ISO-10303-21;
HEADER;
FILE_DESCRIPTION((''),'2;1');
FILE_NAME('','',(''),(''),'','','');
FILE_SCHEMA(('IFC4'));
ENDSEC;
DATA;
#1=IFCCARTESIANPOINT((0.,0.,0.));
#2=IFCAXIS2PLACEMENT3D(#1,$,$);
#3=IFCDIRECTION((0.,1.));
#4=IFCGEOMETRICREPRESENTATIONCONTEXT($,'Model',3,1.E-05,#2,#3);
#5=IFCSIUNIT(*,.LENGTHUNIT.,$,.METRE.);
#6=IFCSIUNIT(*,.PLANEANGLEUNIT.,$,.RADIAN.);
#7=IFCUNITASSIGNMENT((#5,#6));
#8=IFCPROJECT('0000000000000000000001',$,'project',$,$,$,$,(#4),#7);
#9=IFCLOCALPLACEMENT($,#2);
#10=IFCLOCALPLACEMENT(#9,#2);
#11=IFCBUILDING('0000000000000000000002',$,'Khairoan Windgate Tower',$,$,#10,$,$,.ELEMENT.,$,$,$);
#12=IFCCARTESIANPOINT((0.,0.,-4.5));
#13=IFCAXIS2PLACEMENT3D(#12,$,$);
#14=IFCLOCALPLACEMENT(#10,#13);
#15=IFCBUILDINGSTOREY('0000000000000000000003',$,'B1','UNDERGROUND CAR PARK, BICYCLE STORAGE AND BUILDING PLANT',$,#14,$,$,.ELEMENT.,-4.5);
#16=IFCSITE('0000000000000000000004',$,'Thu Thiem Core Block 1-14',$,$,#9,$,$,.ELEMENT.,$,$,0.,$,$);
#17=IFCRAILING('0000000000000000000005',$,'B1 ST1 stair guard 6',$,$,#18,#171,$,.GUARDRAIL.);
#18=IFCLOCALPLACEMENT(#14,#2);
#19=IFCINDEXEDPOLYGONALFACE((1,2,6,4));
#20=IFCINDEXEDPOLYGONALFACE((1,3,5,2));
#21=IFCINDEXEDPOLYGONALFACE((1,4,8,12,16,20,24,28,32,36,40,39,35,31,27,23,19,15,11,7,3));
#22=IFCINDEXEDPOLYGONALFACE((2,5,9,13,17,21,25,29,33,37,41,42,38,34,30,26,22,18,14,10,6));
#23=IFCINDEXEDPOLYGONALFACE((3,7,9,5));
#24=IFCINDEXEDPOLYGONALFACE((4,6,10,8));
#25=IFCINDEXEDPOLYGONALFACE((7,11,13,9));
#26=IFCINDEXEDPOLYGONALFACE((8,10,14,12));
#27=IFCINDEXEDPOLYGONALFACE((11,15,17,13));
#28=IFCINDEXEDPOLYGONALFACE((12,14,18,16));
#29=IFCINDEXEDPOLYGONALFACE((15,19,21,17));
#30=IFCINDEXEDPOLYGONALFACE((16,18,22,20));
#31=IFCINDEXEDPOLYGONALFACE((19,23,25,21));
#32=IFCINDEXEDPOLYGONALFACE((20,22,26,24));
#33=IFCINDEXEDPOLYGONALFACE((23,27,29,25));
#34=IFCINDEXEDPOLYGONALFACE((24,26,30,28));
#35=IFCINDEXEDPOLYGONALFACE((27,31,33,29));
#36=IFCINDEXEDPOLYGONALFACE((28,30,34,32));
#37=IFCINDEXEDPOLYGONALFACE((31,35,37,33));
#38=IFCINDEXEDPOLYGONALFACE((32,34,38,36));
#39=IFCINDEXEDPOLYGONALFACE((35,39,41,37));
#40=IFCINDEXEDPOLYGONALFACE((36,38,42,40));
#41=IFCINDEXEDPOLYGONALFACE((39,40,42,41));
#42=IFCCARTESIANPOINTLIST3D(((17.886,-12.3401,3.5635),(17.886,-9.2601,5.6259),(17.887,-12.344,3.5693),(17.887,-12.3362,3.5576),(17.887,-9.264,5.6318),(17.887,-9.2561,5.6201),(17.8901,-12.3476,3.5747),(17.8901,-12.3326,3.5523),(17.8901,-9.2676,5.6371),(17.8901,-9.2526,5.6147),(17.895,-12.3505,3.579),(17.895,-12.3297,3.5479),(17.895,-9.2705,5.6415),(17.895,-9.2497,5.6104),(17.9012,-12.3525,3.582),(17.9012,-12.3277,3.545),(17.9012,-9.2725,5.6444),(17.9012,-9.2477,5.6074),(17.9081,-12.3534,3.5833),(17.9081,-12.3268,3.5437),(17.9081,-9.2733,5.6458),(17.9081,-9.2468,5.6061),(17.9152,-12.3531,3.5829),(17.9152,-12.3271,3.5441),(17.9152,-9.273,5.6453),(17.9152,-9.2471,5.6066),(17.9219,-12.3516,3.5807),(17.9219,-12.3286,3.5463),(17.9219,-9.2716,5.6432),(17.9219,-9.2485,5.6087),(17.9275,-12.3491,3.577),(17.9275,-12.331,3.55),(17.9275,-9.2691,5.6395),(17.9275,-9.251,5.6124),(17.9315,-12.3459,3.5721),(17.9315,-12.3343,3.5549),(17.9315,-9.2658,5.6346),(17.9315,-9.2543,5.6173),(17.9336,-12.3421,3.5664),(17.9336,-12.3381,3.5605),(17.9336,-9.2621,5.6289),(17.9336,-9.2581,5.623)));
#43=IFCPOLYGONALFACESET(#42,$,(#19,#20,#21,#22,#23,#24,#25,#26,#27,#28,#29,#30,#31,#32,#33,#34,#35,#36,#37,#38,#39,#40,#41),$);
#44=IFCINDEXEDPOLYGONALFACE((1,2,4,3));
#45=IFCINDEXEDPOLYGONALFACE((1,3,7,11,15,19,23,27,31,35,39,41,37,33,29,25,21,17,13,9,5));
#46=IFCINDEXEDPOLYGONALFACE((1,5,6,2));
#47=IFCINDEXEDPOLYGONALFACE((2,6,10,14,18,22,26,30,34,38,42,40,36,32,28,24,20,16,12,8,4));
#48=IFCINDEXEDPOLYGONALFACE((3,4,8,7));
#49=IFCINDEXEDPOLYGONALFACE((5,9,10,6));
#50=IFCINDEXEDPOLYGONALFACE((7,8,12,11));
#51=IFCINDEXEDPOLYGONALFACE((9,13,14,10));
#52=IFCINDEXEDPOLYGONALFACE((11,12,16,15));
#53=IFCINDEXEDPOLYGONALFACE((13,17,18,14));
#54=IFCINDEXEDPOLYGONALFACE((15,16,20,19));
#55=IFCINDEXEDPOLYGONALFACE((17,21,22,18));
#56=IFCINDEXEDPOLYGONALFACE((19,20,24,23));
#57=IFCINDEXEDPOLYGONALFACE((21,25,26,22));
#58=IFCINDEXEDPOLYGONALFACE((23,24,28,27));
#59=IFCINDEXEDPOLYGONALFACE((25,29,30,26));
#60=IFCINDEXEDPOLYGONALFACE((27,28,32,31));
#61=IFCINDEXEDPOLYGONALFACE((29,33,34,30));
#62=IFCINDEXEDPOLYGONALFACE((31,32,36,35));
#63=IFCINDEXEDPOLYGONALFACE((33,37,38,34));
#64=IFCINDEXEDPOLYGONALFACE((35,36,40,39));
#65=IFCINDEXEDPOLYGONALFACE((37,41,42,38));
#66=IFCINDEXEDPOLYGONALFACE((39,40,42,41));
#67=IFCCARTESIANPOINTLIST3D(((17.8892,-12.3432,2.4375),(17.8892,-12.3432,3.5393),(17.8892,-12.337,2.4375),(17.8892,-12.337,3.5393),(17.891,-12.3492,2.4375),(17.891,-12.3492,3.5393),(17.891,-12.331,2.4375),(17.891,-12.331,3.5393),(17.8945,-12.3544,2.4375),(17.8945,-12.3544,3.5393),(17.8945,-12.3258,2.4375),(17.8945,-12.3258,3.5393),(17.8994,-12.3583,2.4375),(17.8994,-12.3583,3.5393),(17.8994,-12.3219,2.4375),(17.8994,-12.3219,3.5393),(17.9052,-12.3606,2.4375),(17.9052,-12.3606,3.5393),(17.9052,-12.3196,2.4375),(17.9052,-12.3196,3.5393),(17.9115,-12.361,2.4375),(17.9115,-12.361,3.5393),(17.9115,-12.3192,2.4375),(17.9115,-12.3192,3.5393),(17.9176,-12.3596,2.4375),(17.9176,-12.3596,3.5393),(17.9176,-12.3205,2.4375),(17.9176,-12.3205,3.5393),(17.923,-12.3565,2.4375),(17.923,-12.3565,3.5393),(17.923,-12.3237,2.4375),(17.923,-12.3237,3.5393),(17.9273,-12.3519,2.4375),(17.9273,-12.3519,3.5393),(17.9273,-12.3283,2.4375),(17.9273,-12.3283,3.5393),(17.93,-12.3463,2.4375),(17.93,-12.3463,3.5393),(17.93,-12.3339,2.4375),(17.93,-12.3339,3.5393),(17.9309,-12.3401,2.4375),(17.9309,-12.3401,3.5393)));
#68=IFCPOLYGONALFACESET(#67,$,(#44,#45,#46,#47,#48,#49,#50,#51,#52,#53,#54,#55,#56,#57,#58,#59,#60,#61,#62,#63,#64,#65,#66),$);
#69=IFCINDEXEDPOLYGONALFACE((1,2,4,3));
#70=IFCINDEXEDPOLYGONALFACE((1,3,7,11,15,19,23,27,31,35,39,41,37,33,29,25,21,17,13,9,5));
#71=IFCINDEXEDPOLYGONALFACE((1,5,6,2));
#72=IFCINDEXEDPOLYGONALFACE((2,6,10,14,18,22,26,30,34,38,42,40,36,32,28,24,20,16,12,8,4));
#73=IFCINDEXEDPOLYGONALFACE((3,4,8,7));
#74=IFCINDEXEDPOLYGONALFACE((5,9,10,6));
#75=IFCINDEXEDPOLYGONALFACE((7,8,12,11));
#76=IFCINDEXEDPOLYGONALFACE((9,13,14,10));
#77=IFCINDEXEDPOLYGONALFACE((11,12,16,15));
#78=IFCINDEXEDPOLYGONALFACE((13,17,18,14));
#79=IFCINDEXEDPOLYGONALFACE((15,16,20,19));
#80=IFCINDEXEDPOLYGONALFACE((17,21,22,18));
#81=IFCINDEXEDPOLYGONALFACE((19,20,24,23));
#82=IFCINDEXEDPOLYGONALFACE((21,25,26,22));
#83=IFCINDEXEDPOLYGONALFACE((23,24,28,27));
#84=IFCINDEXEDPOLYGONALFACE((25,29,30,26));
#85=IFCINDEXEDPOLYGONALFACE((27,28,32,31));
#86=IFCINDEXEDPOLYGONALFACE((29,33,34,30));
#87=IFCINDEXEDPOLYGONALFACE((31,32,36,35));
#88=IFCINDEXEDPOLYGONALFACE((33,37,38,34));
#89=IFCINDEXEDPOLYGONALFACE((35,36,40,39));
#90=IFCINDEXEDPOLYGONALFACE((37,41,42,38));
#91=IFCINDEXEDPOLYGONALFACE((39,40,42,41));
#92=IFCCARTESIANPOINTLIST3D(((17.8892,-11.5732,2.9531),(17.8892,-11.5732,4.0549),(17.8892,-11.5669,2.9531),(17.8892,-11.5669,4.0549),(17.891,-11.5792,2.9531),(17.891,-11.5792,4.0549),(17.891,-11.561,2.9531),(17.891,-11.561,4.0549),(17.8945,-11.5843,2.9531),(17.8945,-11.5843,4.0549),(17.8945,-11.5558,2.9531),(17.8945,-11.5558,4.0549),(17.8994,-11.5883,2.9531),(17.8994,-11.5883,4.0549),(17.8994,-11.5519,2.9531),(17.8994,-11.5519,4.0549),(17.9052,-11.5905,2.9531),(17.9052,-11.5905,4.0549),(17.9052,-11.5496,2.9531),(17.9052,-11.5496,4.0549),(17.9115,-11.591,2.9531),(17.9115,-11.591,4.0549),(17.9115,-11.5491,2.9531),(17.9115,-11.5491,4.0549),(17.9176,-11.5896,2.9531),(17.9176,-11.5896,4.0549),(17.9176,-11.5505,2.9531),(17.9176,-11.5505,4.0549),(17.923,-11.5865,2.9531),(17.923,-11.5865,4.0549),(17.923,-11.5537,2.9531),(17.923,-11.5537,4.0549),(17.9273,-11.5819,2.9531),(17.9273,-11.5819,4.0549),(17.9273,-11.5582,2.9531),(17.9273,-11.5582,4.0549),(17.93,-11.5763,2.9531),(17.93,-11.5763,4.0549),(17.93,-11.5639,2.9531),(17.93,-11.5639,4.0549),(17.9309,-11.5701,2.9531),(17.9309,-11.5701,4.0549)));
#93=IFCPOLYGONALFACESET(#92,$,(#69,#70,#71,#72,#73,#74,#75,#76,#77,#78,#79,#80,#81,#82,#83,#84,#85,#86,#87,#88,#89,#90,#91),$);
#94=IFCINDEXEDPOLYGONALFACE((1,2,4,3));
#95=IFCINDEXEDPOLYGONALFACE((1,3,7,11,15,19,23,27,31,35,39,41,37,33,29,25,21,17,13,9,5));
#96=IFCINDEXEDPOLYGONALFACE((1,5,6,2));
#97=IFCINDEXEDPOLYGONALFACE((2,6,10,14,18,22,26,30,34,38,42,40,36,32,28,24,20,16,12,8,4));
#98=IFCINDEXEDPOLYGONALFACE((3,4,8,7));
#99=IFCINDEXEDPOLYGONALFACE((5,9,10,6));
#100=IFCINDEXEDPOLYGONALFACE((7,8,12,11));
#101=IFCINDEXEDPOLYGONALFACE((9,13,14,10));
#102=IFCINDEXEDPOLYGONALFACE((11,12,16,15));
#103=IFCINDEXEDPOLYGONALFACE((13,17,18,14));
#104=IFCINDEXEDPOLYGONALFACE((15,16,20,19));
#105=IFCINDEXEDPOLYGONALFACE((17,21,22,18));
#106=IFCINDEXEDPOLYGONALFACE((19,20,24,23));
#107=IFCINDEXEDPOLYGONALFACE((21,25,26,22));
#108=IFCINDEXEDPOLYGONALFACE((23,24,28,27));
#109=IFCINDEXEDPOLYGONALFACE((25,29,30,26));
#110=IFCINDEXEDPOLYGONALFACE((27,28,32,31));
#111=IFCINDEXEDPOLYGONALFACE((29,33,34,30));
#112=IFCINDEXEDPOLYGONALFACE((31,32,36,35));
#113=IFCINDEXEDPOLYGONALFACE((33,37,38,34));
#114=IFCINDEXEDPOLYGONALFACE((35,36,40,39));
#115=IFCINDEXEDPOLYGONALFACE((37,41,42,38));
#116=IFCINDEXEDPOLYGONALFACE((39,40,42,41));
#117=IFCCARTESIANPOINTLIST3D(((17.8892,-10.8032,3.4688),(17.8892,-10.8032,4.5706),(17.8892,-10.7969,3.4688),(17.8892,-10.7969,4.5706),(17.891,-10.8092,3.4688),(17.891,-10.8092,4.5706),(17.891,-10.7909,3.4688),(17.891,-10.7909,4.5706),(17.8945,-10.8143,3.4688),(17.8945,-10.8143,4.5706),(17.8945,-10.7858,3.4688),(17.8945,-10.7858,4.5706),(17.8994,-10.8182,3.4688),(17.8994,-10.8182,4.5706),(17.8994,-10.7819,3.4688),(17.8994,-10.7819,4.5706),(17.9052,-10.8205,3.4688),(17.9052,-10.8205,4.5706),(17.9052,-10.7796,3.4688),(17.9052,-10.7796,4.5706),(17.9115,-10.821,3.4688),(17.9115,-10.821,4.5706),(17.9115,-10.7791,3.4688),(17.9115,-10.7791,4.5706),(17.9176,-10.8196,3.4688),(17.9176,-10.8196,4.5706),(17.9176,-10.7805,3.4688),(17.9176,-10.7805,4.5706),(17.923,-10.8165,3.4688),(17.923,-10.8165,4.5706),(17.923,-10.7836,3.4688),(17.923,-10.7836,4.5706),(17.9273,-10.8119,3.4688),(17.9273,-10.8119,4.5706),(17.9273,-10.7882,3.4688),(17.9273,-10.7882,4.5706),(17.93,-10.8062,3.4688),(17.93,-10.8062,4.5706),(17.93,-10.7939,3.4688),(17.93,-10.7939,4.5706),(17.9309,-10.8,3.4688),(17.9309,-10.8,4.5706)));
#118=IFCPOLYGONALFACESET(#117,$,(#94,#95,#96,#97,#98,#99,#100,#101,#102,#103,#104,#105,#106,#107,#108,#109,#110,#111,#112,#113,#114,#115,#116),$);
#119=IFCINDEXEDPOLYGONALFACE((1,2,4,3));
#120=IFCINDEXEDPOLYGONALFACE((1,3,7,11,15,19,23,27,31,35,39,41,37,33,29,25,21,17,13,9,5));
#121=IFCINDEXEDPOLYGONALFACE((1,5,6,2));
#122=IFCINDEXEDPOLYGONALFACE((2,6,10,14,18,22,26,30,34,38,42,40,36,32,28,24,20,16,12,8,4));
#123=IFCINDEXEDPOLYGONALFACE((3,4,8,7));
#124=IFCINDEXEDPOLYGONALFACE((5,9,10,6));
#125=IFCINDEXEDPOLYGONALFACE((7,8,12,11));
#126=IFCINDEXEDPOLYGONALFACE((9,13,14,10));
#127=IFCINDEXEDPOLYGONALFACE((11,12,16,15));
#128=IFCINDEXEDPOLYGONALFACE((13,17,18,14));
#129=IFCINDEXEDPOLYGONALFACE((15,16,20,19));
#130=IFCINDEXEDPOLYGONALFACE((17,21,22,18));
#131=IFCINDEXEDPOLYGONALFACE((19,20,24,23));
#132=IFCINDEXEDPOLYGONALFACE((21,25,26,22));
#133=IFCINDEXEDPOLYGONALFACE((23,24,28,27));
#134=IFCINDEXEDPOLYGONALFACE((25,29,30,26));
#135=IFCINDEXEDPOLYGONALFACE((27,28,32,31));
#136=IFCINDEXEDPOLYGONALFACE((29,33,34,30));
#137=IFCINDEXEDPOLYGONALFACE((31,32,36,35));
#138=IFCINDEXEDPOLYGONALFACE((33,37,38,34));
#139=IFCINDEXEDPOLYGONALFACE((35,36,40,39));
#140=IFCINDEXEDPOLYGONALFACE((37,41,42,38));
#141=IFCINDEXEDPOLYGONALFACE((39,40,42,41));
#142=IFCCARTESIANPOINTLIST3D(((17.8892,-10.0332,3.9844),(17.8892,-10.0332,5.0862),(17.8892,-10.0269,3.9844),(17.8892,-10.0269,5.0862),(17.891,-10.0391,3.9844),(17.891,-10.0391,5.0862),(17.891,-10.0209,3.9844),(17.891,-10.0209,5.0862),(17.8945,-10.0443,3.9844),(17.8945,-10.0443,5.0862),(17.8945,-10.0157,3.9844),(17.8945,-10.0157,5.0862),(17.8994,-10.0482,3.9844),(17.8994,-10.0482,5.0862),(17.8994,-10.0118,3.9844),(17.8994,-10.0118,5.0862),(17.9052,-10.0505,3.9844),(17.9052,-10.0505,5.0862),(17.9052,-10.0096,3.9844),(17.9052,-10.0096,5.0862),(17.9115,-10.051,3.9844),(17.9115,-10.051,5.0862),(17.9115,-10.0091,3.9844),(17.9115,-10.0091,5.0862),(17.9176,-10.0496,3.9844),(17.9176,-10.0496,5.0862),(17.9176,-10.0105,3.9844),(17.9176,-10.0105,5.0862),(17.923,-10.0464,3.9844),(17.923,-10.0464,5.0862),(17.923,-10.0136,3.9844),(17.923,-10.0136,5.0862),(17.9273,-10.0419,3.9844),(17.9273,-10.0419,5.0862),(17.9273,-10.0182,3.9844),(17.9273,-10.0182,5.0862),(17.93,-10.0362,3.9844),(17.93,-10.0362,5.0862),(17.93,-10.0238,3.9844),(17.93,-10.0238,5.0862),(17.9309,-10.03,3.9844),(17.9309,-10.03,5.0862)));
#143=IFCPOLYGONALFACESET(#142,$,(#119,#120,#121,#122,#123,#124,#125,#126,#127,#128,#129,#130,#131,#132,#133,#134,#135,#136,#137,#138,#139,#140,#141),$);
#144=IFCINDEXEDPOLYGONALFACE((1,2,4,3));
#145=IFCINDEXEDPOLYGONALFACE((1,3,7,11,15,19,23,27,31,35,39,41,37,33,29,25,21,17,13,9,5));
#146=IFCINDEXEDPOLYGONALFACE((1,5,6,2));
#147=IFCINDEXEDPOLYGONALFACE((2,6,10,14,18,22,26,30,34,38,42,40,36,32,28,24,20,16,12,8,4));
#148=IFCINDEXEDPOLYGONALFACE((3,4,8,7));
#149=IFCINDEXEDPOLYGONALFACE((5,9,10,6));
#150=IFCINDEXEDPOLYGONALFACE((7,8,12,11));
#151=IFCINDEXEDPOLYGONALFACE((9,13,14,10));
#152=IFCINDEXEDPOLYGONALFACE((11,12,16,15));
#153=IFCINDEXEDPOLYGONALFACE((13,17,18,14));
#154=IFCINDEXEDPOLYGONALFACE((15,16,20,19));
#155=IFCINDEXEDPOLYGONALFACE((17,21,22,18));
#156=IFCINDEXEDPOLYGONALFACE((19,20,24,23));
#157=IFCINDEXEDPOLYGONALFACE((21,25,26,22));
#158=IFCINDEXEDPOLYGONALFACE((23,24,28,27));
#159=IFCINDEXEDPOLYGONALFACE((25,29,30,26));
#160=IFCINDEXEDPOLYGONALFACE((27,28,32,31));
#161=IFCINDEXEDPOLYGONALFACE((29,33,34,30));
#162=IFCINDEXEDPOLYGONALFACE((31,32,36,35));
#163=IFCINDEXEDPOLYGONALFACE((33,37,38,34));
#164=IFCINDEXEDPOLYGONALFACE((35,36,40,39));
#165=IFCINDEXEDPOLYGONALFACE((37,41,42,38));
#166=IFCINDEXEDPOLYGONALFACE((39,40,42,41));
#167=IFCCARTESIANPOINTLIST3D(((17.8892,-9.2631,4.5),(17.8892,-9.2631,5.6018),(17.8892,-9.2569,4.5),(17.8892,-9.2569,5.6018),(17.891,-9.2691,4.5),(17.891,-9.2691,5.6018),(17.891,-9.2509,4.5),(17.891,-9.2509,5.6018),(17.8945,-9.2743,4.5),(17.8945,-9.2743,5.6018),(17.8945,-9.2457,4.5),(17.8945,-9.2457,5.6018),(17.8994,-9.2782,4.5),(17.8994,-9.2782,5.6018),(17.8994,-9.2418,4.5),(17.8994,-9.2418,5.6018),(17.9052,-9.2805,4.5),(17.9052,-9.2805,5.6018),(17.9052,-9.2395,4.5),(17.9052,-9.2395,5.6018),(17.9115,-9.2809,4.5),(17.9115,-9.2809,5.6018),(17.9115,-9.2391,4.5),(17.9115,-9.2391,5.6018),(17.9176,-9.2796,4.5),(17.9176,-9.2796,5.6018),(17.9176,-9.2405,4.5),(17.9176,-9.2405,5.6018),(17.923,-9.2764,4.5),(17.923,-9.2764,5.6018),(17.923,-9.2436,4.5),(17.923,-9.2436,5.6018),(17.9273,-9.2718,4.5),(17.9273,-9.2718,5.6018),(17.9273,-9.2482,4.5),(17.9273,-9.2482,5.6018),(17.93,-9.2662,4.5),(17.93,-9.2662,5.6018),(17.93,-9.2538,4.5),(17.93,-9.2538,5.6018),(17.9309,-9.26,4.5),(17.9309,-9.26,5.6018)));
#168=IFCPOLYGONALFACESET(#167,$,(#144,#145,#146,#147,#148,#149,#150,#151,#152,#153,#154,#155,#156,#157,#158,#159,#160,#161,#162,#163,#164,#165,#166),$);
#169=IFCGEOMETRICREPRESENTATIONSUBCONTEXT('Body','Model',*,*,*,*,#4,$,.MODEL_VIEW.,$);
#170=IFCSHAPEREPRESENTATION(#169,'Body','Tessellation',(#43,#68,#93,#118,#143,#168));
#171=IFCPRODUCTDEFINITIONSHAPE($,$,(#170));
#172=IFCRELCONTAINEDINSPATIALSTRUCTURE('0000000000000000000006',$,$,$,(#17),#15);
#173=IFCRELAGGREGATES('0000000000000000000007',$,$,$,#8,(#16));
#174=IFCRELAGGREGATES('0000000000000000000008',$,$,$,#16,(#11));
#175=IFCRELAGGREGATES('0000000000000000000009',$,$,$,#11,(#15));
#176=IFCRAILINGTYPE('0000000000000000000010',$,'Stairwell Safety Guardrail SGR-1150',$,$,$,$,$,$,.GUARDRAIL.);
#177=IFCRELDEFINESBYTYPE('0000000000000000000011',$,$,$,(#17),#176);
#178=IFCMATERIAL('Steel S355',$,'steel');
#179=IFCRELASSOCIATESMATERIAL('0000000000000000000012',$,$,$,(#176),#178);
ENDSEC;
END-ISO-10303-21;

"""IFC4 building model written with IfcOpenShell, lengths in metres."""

from ifc_helpers import new_model, si_unit, direction, frame, origin, origin_2d, place, context, subcontext, project, spatial, circle, extrude, material, type_object, element, save


model = new_model("IFC4")

# Units and contexts
model_context = context("Model", 3, precision=1e-05, world=origin(), true_north=direction((0.0, 1.0)))
body_context = subcontext(model_context, "Body", "Model", "MODEL_VIEW")
ifc_project = project(units=[si_unit("LENGTHUNIT", "METRE"), si_unit("PLANEANGLEUNIT", "RADIAN")], contexts=[model_context])

# Site, building, storey
site_placement = place(None, origin())
site = spatial("IfcSite", under=ifc_project, at=site_placement, Name="Thu Thiem Core Block 1-14", CompositionType="ELEMENT", RefElevation=0.0)
building_placement = place(site_placement, origin())
building = spatial("IfcBuilding", under=site, at=building_placement, Name="Khairoan Windgate Tower", CompositionType="ELEMENT")
storey_placement = place(building_placement, frame((0.0, 0.0, -4.5)))
storey = spatial("IfcBuildingStorey", under=building, at=storey_placement, Name="B1", Description="UNDERGROUND CAR PARK, BICYCLE STORAGE AND BUILDING PLANT", CompositionType="ELEMENT", Elevation=-4.5)

# Railing
ifc_material_1 = material(Name="Steel S355", Category="steel")
railing_type_1 = type_object("IfcRailingType", Name="Stairwell Safety Guardrail SGR-1150", PredefinedType="GUARDRAIL", material=ifc_material_1)
railing_1_placement = place(storey_placement, frame((17.9099, -12.3401, 2.4375)))
element("IfcRailing", 1, at=railing_1_placement, inside=storey, type_object=railing_type_1, Name="B1 ST1 stair guard 6", PredefinedType="GUARDRAIL", context=body_context, shape_type="SweptSolid", body=[
    extrude(circle(Radius=0.0239, at=origin_2d()), frame((0.0, 0.0, 1.126), z_axis=(0.0, 0.830914, 0.556401), x_axis=(-1.0, 0.0, 0.0)), (0.0, 0.0, 1.0), 3.7068),
    extrude(circle(Radius=0.021, at=origin_2d()), origin(), (0.0, 0.0, 1.0), 1.1018),
    extrude(circle(Radius=0.021, at=origin_2d()), frame((0.0, 0.77, 0.5156)), (0.0, 0.0, 1.0), 1.1018),
    extrude(circle(Radius=0.021, at=origin_2d()), frame((0.0, 1.54, 1.0312)), (0.0, 0.0, 1.0), 1.1018),
    extrude(circle(Radius=0.021, at=origin_2d()), frame((0.0, 2.3101, 1.5469)), (0.0, 0.0, 1.0), 1.1018),
    extrude(circle(Radius=0.021, at=origin_2d()), frame((0.0, 3.0801, 2.0625)), (0.0, 0.0, 1.0), 1.1018),
])

save(model, "model.ifc")
